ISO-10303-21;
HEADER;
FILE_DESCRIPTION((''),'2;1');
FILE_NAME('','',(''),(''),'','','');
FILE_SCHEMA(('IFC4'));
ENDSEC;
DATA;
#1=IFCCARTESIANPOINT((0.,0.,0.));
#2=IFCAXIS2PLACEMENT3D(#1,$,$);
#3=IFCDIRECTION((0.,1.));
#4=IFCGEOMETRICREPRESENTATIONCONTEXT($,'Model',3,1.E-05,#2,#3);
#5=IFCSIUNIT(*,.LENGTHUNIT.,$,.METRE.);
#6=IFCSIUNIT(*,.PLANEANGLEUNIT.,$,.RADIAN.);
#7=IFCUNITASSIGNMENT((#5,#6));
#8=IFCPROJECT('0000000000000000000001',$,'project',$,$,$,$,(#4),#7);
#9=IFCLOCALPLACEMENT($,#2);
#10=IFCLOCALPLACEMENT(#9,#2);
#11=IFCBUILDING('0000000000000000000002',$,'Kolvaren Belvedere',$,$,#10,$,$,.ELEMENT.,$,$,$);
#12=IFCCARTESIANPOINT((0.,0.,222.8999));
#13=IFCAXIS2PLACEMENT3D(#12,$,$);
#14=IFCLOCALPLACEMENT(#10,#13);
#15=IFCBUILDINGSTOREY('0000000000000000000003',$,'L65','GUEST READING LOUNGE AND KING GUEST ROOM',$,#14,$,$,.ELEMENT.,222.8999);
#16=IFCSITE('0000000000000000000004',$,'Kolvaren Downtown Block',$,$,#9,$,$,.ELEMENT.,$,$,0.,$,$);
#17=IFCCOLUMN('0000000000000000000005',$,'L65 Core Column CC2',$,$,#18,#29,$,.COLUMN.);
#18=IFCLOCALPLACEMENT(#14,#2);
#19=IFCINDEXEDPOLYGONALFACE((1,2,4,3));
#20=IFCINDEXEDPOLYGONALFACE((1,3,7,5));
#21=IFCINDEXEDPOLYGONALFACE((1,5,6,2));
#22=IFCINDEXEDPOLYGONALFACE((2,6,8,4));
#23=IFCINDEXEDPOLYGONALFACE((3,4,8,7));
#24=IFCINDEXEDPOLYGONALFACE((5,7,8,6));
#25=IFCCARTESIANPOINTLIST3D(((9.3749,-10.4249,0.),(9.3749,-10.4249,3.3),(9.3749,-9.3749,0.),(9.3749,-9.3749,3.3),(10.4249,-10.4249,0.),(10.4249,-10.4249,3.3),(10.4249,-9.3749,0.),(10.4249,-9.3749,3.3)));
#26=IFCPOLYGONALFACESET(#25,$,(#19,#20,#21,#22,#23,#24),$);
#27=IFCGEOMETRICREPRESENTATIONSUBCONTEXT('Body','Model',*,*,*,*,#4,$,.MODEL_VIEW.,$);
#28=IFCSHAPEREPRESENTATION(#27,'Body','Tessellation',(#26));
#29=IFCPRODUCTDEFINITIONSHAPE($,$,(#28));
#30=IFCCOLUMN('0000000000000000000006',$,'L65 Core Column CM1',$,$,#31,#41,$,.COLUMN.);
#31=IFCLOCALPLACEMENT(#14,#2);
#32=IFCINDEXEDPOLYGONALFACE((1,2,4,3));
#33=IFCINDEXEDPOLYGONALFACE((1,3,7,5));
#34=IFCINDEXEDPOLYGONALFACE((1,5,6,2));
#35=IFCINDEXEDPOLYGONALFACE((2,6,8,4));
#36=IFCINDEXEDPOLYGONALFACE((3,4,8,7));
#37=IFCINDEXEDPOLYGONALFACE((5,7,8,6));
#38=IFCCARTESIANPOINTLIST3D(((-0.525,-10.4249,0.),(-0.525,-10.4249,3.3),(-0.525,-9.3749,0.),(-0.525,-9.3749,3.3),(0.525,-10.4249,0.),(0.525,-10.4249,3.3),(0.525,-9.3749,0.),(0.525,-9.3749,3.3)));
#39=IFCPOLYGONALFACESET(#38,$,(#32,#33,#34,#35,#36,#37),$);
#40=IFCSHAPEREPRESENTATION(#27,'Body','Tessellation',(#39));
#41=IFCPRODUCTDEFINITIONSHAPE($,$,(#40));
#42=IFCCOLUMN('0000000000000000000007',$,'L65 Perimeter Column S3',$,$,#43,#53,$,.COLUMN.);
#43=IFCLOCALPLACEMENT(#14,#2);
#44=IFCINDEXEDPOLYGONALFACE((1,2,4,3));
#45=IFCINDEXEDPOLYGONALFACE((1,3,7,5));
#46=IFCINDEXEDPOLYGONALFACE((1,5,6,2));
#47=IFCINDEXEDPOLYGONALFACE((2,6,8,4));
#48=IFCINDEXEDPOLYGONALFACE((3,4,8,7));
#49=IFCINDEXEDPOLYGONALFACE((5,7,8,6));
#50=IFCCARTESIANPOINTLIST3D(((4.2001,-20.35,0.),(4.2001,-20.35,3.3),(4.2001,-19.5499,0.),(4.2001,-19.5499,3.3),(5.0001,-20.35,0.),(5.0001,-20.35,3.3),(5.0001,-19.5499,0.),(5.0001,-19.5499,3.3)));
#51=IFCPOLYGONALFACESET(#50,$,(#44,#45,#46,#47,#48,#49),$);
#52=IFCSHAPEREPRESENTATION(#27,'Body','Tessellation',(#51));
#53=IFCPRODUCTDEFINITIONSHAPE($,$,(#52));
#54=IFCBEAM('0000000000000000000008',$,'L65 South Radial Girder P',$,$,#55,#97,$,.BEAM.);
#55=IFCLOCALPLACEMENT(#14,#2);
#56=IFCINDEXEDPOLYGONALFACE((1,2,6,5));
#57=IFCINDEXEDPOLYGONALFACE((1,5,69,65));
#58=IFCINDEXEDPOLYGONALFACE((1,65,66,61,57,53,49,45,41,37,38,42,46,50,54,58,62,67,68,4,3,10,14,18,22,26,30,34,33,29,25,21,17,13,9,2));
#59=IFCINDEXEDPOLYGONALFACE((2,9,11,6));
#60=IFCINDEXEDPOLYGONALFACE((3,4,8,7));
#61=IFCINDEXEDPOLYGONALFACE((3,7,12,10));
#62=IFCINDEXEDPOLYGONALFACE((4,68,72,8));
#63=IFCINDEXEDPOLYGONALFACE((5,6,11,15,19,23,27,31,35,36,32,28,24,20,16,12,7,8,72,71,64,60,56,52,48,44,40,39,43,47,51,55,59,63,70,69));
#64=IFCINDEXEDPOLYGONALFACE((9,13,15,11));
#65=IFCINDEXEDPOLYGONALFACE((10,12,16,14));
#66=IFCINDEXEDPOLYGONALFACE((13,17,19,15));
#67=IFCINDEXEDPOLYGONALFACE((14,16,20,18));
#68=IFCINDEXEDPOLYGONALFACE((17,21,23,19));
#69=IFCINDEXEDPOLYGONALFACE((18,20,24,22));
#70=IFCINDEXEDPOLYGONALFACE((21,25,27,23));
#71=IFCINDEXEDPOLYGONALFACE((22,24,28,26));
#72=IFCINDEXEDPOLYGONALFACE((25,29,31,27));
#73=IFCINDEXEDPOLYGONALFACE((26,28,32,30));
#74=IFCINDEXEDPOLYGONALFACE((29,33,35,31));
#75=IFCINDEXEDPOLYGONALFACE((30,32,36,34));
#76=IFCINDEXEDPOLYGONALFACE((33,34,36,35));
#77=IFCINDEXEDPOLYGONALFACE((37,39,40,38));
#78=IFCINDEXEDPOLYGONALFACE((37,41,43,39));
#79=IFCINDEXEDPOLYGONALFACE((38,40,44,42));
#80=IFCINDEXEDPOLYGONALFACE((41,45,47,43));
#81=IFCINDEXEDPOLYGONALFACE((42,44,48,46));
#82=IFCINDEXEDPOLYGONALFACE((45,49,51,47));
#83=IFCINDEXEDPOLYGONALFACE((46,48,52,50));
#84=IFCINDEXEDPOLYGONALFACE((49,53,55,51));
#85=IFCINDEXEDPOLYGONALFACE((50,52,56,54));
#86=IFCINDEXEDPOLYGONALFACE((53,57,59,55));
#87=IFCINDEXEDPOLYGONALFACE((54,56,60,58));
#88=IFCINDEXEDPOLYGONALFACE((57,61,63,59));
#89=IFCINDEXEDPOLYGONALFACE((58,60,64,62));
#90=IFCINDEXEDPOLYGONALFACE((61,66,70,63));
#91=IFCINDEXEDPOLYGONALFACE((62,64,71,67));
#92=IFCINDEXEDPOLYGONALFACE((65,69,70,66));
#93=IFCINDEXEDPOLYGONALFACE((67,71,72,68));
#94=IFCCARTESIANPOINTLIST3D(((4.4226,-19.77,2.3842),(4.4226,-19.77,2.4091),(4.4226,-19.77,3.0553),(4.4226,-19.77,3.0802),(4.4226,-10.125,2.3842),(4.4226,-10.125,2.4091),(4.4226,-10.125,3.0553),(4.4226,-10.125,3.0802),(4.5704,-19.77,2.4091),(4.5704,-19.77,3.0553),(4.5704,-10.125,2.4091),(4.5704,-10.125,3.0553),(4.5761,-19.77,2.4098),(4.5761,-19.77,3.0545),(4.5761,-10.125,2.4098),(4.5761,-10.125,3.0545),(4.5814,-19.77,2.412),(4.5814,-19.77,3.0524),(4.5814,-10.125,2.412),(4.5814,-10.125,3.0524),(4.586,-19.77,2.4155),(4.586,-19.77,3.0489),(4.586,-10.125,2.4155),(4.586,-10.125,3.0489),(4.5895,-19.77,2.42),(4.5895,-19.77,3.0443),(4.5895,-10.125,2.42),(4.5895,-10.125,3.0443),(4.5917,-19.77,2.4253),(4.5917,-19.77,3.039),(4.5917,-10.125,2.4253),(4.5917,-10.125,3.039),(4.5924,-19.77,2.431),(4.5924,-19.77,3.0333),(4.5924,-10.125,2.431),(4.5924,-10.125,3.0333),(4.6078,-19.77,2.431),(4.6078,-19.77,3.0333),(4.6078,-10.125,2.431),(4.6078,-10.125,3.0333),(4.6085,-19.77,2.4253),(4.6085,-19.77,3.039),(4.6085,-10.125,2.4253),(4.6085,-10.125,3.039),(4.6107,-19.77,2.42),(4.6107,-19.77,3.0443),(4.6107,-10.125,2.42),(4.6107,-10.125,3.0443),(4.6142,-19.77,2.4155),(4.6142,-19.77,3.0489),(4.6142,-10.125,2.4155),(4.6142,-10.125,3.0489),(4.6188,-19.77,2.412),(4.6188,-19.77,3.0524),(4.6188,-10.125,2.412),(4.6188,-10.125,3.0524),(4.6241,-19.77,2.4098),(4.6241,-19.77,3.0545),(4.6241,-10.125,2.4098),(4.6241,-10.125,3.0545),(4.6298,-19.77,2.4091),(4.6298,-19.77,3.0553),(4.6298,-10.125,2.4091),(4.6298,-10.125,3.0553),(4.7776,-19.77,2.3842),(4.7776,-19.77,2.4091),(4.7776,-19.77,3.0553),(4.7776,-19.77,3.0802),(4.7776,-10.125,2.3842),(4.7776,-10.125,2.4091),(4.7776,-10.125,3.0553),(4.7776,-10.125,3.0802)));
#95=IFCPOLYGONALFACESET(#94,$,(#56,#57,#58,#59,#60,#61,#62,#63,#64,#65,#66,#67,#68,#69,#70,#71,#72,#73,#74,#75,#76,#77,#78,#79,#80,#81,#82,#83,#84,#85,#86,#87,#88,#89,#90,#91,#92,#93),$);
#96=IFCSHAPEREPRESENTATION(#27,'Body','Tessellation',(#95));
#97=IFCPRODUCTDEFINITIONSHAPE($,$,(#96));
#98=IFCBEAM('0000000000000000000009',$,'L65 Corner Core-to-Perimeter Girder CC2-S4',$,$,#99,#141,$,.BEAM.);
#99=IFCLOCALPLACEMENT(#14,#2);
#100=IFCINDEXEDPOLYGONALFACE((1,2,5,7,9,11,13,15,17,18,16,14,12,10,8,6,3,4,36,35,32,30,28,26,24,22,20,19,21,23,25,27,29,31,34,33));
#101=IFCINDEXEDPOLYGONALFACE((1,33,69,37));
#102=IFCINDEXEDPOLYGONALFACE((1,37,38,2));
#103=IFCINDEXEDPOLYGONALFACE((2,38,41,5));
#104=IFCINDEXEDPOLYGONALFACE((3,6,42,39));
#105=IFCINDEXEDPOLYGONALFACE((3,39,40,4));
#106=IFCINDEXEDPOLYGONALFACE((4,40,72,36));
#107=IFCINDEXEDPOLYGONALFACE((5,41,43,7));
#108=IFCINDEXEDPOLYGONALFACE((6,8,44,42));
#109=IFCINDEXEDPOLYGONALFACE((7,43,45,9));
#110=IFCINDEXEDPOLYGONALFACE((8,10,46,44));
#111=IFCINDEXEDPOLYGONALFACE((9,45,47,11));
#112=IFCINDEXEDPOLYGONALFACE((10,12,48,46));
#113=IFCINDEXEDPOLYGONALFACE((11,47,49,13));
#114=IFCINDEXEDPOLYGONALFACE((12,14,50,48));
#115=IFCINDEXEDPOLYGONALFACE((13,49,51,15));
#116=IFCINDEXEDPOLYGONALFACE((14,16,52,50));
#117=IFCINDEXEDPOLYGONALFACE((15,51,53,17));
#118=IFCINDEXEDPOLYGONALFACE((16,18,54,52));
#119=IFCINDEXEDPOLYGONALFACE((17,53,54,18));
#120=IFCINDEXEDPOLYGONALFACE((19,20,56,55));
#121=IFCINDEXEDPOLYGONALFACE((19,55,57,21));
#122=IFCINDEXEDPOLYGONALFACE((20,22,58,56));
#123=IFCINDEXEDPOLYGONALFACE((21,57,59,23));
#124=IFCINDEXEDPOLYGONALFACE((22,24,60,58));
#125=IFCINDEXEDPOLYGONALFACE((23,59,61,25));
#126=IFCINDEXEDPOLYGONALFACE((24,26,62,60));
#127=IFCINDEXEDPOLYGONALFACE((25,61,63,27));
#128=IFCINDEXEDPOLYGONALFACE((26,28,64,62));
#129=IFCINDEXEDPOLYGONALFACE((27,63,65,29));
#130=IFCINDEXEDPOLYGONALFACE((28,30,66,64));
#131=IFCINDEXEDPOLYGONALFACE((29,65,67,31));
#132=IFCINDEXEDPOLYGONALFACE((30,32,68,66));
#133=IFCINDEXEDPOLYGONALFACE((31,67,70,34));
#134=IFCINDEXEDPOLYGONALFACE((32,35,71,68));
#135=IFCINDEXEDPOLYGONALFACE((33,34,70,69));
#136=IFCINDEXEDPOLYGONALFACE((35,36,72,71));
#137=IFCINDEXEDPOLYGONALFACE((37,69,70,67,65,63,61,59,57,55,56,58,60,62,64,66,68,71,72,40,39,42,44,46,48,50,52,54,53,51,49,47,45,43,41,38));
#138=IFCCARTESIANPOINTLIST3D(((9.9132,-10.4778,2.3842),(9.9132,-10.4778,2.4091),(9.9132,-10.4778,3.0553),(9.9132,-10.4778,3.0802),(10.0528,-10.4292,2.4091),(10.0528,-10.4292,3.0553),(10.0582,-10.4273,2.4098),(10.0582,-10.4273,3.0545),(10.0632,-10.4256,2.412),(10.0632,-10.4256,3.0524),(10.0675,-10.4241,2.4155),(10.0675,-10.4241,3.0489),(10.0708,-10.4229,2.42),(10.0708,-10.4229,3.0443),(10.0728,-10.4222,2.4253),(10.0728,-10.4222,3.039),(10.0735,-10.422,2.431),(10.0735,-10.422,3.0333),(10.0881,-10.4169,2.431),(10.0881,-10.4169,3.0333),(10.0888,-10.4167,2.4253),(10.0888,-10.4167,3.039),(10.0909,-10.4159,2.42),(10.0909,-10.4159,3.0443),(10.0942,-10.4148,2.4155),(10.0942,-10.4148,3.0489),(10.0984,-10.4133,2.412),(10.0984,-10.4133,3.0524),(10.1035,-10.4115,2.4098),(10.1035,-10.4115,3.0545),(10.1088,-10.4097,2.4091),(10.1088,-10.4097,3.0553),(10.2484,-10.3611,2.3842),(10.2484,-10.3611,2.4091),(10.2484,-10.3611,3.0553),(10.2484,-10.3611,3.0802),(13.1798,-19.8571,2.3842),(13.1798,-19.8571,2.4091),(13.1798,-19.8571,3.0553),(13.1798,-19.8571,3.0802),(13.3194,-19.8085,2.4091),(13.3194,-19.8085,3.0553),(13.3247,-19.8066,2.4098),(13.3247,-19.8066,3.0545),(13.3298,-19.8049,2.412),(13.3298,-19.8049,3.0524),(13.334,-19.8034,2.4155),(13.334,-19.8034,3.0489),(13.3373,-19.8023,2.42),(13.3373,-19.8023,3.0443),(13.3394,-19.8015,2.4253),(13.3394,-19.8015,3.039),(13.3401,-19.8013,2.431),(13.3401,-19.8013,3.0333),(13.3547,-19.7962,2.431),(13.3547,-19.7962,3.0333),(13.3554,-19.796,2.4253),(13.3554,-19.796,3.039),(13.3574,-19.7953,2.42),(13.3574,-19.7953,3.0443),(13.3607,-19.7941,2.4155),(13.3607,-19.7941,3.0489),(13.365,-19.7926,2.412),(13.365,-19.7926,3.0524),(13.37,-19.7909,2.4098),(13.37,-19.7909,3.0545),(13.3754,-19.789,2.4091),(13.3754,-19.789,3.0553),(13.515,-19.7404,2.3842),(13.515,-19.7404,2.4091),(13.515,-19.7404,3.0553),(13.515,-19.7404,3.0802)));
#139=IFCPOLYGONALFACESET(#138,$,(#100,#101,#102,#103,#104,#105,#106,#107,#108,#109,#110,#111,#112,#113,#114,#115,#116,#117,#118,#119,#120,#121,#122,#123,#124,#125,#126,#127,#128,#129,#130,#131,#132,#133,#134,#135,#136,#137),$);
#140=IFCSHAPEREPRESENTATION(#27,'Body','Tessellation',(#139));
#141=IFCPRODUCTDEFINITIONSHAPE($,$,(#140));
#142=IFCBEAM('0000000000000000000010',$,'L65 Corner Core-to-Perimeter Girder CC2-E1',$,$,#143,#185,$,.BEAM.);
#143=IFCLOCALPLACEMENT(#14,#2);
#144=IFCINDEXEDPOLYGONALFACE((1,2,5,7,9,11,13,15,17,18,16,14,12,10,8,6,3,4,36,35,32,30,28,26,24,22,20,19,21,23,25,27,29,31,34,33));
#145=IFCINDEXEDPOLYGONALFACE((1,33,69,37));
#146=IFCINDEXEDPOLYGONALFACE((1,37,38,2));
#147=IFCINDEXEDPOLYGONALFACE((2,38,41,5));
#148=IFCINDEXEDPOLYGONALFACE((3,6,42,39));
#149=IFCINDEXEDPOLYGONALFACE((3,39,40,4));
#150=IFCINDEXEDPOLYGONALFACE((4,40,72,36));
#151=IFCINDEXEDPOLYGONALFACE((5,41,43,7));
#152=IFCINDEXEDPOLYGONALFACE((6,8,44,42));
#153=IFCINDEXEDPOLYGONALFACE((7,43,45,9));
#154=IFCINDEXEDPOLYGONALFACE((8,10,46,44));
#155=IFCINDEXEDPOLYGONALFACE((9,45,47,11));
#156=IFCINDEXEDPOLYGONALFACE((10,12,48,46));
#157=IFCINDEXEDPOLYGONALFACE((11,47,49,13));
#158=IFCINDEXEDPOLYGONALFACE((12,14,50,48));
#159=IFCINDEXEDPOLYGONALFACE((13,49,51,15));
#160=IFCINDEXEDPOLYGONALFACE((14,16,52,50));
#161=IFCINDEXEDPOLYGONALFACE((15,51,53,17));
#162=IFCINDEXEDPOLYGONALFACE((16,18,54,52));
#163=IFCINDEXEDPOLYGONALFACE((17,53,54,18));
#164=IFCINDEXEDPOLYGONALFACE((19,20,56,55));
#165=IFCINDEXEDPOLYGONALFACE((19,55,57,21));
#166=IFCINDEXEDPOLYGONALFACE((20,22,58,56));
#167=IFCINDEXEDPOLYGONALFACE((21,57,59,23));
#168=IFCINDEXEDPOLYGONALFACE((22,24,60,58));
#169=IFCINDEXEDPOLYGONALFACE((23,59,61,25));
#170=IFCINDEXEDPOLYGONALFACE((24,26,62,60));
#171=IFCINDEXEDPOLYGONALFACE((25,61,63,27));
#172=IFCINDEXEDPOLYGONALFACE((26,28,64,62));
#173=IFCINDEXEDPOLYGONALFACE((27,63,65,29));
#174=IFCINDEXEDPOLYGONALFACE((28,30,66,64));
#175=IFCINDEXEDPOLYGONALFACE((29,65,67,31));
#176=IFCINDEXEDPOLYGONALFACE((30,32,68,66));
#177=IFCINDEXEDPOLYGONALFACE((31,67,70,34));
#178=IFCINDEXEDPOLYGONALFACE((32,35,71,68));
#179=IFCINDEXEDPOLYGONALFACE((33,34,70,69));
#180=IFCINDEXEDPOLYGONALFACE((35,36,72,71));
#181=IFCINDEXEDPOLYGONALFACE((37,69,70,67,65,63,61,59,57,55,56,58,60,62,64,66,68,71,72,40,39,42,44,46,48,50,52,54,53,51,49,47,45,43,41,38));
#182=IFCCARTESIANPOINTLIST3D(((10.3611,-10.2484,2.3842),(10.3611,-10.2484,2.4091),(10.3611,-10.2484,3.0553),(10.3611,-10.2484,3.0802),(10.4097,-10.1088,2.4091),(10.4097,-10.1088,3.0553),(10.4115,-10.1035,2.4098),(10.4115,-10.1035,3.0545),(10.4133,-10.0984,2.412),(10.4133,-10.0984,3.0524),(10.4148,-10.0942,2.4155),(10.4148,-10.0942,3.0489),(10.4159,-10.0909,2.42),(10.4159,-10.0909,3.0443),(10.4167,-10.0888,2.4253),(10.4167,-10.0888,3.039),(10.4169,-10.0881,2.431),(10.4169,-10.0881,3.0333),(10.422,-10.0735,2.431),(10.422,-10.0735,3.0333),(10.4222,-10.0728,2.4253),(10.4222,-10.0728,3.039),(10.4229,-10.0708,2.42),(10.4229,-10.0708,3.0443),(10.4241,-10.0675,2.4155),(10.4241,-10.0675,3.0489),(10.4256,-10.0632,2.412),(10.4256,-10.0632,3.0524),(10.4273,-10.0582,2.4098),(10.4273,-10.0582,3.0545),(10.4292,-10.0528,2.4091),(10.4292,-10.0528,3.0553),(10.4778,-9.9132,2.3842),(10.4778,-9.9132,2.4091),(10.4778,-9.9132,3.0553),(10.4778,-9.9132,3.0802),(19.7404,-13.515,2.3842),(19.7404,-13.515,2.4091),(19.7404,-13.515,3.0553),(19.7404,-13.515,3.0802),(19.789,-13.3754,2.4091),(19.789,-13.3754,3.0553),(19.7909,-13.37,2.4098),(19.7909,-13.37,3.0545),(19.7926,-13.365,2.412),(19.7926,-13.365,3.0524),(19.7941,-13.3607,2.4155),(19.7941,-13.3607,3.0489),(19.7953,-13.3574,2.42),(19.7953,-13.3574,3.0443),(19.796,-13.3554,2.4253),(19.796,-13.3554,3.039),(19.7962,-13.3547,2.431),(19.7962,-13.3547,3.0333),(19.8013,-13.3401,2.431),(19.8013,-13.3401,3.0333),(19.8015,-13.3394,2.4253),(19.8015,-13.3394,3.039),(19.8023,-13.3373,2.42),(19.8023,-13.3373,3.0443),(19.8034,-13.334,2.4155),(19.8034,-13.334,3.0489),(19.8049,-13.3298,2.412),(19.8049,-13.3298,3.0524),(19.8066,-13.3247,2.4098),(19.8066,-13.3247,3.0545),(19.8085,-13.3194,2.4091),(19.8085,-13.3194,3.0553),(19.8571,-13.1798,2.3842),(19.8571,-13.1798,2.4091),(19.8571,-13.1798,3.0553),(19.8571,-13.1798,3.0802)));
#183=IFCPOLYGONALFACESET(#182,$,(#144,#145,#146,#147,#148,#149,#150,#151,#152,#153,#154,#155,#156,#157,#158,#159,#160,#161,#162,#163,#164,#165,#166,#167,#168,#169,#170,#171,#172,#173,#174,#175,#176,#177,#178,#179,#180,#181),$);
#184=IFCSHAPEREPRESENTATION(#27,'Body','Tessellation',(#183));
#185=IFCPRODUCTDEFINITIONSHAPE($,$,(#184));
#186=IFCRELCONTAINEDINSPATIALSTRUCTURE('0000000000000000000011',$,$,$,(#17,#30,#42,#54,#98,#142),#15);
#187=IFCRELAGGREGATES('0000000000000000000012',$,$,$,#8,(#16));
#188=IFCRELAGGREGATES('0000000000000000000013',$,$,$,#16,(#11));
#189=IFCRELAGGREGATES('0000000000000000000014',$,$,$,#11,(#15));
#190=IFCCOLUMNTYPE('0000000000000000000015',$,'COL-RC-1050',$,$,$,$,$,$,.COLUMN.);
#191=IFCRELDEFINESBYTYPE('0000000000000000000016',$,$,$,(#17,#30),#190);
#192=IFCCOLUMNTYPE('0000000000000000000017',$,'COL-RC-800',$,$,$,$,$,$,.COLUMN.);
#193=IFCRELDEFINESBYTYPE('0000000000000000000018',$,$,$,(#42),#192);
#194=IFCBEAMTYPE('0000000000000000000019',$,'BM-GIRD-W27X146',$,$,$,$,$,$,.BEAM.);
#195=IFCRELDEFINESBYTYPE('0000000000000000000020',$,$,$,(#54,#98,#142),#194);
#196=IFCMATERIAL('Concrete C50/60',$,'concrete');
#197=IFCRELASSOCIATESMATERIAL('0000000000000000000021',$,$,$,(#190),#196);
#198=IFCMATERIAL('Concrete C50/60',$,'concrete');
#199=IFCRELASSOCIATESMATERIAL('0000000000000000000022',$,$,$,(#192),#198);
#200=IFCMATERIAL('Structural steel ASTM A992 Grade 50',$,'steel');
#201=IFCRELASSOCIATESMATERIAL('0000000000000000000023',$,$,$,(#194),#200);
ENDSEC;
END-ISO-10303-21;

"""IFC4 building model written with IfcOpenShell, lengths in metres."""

from ifc_helpers import new_model, si_unit, direction, frame, origin, origin_2d, place, context, subcontext, project, spatial, rectangle, i_section, extrude, material, material_profile, profile_set, type_object, element, save


model = new_model("IFC4")

# Units and contexts
model_context = context("Model", 3, precision=1e-05, world=origin(), true_north=direction((0.0, 1.0)))
body_context = subcontext(model_context, "Body", "Model", "MODEL_VIEW")
ifc_project = project(units=[si_unit("LENGTHUNIT", "METRE"), si_unit("PLANEANGLEUNIT", "RADIAN")], contexts=[model_context])

# Site, building, storey
site_placement = place(None, origin())
site = spatial("IfcSite", under=ifc_project, at=site_placement, Name="Kolvaren Downtown Block", CompositionType="ELEMENT", RefElevation=0.0)
building_placement = place(site_placement, origin())
building = spatial("IfcBuilding", under=site, at=building_placement, Name="Kolvaren Belvedere", CompositionType="ELEMENT")
storey_placement = place(building_placement, frame((0.0, 0.0, 222.8999)))
storey = spatial("IfcBuildingStorey", under=building, at=storey_placement, Name="L65", Description="GUEST READING LOUNGE AND KING GUEST ROOM", CompositionType="ELEMENT", Elevation=222.8999)

# Columns
ifc_material_1 = material(Name="Concrete C50/60", Category="concrete")
ifc_material_profile_1 = material_profile(ifc_material_1, rectangle(XDim=1.05, YDim=1.05, at=origin_2d()), Name="RC 1050X1050")
ifc_profile_set_1 = profile_set([ifc_material_profile_1], Name="Concrete C50/60")
column_type_1 = type_object("IfcColumnType", Name="COL-RC-1050", PredefinedType="COLUMN", material=ifc_profile_set_1)
for number, where, z_axis, x_axis, name in (
    (1, (9.8999, -9.8999, 0.0), (0.0, 0.0, 1.0), (1.0, 0.0, 0.0), "L65 Core Column CC2"),
    (2, (0.0, -9.8999, 0.0), (0.0, 0.0, 1.0), (1.0, 0.0, 0.0), "L65 Core Column CM1"),
):
    element("IfcColumn", number, at=place(storey_placement, frame(where, z_axis=z_axis, x_axis=x_axis)), inside=storey, type_object=column_type_1, Name=name, PredefinedType="COLUMN", context=body_context, shape_type="SweptSolid", body=[
        extrude(rectangle(XDim=1.05, YDim=1.05, at=origin_2d()), origin(), (0.0, 0.0, 1.0), 3.3),
    ])
ifc_material_2 = material(Name="Concrete C50/60", Category="concrete")
ifc_material_profile_2 = material_profile(ifc_material_2, rectangle(XDim=0.8, YDim=0.8, at=origin_2d()), Name="RC 800X800")
ifc_profile_set_2 = profile_set([ifc_material_profile_2], Name="Concrete C50/60")
column_type_2 = type_object("IfcColumnType", Name="COL-RC-800", PredefinedType="COLUMN", material=ifc_profile_set_2)
column_placement = place(storey_placement, frame((4.6001, -19.95, 0.0), z_axis=(0.0, 0.0, 1.0), x_axis=(1.0, 0.0, 0.0)))
element("IfcColumn", 3, at=column_placement, inside=storey, type_object=column_type_2, Name="L65 Perimeter Column S3", PredefinedType="COLUMN", context=body_context, shape_type="SweptSolid", body=[
    extrude(rectangle(XDim=0.8, YDim=0.8, at=origin_2d()), origin(), (0.0, 0.0, 1.0), 3.3),
])

# Beams
ifc_material_3 = material(Name="Structural steel ASTM A992 Grade 50", Category="steel")
ifc_material_profile_3 = material_profile(ifc_material_3, i_section(OverallWidth=0.355, OverallDepth=0.696, WebThickness=0.0154, FlangeThickness=0.0249, FilletRadius=0.022, at=origin_2d()), Name="W27X146")
ifc_profile_set_3 = profile_set([ifc_material_profile_3], Name="Structural steel ASTM A992 Grade 50")
beam_type_1 = type_object("IfcBeamType", Name="BM-GIRD-W27X146", PredefinedType="BEAM", material=ifc_profile_set_3)
beam_1_placement = place(storey_placement, frame((4.6001, -10.125, 2.7322), z_axis=(0.0, -1.0, 0.0), x_axis=(1.0, 0.0, 0.0)))
element("IfcBeam", 4, at=beam_1_placement, inside=storey, type_object=beam_type_1, Name="L65 South Radial Girder P", PredefinedType="BEAM", context=body_context, shape_type="SweptSolid", body=[
    extrude(i_section(OverallWidth=0.355, OverallDepth=0.696, WebThickness=0.0154, FlangeThickness=0.0249, FilletRadius=0.022, at=origin_2d()), origin(), (0.0, 0.0, 1.0), 9.645),
])
for number, where, z_axis, x_axis, name in (
    (5, (10.0808, -10.4194, 2.7322), (0.328898, -0.944365, 0.0), (0.944365, 0.328898, 0.0), "L65 Corner Core-to-Perimeter Girder CC2-S4"),
    (6, (10.4194, -10.0808, 2.7322), (0.944365, -0.328898, 0.0), (0.328898, 0.944365, 0.0), "L65 Corner Core-to-Perimeter Girder CC2-E1"),
):
    element("IfcBeam", number, at=place(storey_placement, frame(where, z_axis=z_axis, x_axis=x_axis)), inside=storey, type_object=beam_type_1, Name=name, PredefinedType="BEAM", context=body_context, shape_type="SweptSolid", body=[
        extrude(i_section(OverallWidth=0.355, OverallDepth=0.696, WebThickness=0.0154, FlangeThickness=0.0249, FilletRadius=0.022, at=origin_2d()), origin(), (0.0, 0.0, 1.0), 9.9319),
    ])

save(model, "model.ifc")
